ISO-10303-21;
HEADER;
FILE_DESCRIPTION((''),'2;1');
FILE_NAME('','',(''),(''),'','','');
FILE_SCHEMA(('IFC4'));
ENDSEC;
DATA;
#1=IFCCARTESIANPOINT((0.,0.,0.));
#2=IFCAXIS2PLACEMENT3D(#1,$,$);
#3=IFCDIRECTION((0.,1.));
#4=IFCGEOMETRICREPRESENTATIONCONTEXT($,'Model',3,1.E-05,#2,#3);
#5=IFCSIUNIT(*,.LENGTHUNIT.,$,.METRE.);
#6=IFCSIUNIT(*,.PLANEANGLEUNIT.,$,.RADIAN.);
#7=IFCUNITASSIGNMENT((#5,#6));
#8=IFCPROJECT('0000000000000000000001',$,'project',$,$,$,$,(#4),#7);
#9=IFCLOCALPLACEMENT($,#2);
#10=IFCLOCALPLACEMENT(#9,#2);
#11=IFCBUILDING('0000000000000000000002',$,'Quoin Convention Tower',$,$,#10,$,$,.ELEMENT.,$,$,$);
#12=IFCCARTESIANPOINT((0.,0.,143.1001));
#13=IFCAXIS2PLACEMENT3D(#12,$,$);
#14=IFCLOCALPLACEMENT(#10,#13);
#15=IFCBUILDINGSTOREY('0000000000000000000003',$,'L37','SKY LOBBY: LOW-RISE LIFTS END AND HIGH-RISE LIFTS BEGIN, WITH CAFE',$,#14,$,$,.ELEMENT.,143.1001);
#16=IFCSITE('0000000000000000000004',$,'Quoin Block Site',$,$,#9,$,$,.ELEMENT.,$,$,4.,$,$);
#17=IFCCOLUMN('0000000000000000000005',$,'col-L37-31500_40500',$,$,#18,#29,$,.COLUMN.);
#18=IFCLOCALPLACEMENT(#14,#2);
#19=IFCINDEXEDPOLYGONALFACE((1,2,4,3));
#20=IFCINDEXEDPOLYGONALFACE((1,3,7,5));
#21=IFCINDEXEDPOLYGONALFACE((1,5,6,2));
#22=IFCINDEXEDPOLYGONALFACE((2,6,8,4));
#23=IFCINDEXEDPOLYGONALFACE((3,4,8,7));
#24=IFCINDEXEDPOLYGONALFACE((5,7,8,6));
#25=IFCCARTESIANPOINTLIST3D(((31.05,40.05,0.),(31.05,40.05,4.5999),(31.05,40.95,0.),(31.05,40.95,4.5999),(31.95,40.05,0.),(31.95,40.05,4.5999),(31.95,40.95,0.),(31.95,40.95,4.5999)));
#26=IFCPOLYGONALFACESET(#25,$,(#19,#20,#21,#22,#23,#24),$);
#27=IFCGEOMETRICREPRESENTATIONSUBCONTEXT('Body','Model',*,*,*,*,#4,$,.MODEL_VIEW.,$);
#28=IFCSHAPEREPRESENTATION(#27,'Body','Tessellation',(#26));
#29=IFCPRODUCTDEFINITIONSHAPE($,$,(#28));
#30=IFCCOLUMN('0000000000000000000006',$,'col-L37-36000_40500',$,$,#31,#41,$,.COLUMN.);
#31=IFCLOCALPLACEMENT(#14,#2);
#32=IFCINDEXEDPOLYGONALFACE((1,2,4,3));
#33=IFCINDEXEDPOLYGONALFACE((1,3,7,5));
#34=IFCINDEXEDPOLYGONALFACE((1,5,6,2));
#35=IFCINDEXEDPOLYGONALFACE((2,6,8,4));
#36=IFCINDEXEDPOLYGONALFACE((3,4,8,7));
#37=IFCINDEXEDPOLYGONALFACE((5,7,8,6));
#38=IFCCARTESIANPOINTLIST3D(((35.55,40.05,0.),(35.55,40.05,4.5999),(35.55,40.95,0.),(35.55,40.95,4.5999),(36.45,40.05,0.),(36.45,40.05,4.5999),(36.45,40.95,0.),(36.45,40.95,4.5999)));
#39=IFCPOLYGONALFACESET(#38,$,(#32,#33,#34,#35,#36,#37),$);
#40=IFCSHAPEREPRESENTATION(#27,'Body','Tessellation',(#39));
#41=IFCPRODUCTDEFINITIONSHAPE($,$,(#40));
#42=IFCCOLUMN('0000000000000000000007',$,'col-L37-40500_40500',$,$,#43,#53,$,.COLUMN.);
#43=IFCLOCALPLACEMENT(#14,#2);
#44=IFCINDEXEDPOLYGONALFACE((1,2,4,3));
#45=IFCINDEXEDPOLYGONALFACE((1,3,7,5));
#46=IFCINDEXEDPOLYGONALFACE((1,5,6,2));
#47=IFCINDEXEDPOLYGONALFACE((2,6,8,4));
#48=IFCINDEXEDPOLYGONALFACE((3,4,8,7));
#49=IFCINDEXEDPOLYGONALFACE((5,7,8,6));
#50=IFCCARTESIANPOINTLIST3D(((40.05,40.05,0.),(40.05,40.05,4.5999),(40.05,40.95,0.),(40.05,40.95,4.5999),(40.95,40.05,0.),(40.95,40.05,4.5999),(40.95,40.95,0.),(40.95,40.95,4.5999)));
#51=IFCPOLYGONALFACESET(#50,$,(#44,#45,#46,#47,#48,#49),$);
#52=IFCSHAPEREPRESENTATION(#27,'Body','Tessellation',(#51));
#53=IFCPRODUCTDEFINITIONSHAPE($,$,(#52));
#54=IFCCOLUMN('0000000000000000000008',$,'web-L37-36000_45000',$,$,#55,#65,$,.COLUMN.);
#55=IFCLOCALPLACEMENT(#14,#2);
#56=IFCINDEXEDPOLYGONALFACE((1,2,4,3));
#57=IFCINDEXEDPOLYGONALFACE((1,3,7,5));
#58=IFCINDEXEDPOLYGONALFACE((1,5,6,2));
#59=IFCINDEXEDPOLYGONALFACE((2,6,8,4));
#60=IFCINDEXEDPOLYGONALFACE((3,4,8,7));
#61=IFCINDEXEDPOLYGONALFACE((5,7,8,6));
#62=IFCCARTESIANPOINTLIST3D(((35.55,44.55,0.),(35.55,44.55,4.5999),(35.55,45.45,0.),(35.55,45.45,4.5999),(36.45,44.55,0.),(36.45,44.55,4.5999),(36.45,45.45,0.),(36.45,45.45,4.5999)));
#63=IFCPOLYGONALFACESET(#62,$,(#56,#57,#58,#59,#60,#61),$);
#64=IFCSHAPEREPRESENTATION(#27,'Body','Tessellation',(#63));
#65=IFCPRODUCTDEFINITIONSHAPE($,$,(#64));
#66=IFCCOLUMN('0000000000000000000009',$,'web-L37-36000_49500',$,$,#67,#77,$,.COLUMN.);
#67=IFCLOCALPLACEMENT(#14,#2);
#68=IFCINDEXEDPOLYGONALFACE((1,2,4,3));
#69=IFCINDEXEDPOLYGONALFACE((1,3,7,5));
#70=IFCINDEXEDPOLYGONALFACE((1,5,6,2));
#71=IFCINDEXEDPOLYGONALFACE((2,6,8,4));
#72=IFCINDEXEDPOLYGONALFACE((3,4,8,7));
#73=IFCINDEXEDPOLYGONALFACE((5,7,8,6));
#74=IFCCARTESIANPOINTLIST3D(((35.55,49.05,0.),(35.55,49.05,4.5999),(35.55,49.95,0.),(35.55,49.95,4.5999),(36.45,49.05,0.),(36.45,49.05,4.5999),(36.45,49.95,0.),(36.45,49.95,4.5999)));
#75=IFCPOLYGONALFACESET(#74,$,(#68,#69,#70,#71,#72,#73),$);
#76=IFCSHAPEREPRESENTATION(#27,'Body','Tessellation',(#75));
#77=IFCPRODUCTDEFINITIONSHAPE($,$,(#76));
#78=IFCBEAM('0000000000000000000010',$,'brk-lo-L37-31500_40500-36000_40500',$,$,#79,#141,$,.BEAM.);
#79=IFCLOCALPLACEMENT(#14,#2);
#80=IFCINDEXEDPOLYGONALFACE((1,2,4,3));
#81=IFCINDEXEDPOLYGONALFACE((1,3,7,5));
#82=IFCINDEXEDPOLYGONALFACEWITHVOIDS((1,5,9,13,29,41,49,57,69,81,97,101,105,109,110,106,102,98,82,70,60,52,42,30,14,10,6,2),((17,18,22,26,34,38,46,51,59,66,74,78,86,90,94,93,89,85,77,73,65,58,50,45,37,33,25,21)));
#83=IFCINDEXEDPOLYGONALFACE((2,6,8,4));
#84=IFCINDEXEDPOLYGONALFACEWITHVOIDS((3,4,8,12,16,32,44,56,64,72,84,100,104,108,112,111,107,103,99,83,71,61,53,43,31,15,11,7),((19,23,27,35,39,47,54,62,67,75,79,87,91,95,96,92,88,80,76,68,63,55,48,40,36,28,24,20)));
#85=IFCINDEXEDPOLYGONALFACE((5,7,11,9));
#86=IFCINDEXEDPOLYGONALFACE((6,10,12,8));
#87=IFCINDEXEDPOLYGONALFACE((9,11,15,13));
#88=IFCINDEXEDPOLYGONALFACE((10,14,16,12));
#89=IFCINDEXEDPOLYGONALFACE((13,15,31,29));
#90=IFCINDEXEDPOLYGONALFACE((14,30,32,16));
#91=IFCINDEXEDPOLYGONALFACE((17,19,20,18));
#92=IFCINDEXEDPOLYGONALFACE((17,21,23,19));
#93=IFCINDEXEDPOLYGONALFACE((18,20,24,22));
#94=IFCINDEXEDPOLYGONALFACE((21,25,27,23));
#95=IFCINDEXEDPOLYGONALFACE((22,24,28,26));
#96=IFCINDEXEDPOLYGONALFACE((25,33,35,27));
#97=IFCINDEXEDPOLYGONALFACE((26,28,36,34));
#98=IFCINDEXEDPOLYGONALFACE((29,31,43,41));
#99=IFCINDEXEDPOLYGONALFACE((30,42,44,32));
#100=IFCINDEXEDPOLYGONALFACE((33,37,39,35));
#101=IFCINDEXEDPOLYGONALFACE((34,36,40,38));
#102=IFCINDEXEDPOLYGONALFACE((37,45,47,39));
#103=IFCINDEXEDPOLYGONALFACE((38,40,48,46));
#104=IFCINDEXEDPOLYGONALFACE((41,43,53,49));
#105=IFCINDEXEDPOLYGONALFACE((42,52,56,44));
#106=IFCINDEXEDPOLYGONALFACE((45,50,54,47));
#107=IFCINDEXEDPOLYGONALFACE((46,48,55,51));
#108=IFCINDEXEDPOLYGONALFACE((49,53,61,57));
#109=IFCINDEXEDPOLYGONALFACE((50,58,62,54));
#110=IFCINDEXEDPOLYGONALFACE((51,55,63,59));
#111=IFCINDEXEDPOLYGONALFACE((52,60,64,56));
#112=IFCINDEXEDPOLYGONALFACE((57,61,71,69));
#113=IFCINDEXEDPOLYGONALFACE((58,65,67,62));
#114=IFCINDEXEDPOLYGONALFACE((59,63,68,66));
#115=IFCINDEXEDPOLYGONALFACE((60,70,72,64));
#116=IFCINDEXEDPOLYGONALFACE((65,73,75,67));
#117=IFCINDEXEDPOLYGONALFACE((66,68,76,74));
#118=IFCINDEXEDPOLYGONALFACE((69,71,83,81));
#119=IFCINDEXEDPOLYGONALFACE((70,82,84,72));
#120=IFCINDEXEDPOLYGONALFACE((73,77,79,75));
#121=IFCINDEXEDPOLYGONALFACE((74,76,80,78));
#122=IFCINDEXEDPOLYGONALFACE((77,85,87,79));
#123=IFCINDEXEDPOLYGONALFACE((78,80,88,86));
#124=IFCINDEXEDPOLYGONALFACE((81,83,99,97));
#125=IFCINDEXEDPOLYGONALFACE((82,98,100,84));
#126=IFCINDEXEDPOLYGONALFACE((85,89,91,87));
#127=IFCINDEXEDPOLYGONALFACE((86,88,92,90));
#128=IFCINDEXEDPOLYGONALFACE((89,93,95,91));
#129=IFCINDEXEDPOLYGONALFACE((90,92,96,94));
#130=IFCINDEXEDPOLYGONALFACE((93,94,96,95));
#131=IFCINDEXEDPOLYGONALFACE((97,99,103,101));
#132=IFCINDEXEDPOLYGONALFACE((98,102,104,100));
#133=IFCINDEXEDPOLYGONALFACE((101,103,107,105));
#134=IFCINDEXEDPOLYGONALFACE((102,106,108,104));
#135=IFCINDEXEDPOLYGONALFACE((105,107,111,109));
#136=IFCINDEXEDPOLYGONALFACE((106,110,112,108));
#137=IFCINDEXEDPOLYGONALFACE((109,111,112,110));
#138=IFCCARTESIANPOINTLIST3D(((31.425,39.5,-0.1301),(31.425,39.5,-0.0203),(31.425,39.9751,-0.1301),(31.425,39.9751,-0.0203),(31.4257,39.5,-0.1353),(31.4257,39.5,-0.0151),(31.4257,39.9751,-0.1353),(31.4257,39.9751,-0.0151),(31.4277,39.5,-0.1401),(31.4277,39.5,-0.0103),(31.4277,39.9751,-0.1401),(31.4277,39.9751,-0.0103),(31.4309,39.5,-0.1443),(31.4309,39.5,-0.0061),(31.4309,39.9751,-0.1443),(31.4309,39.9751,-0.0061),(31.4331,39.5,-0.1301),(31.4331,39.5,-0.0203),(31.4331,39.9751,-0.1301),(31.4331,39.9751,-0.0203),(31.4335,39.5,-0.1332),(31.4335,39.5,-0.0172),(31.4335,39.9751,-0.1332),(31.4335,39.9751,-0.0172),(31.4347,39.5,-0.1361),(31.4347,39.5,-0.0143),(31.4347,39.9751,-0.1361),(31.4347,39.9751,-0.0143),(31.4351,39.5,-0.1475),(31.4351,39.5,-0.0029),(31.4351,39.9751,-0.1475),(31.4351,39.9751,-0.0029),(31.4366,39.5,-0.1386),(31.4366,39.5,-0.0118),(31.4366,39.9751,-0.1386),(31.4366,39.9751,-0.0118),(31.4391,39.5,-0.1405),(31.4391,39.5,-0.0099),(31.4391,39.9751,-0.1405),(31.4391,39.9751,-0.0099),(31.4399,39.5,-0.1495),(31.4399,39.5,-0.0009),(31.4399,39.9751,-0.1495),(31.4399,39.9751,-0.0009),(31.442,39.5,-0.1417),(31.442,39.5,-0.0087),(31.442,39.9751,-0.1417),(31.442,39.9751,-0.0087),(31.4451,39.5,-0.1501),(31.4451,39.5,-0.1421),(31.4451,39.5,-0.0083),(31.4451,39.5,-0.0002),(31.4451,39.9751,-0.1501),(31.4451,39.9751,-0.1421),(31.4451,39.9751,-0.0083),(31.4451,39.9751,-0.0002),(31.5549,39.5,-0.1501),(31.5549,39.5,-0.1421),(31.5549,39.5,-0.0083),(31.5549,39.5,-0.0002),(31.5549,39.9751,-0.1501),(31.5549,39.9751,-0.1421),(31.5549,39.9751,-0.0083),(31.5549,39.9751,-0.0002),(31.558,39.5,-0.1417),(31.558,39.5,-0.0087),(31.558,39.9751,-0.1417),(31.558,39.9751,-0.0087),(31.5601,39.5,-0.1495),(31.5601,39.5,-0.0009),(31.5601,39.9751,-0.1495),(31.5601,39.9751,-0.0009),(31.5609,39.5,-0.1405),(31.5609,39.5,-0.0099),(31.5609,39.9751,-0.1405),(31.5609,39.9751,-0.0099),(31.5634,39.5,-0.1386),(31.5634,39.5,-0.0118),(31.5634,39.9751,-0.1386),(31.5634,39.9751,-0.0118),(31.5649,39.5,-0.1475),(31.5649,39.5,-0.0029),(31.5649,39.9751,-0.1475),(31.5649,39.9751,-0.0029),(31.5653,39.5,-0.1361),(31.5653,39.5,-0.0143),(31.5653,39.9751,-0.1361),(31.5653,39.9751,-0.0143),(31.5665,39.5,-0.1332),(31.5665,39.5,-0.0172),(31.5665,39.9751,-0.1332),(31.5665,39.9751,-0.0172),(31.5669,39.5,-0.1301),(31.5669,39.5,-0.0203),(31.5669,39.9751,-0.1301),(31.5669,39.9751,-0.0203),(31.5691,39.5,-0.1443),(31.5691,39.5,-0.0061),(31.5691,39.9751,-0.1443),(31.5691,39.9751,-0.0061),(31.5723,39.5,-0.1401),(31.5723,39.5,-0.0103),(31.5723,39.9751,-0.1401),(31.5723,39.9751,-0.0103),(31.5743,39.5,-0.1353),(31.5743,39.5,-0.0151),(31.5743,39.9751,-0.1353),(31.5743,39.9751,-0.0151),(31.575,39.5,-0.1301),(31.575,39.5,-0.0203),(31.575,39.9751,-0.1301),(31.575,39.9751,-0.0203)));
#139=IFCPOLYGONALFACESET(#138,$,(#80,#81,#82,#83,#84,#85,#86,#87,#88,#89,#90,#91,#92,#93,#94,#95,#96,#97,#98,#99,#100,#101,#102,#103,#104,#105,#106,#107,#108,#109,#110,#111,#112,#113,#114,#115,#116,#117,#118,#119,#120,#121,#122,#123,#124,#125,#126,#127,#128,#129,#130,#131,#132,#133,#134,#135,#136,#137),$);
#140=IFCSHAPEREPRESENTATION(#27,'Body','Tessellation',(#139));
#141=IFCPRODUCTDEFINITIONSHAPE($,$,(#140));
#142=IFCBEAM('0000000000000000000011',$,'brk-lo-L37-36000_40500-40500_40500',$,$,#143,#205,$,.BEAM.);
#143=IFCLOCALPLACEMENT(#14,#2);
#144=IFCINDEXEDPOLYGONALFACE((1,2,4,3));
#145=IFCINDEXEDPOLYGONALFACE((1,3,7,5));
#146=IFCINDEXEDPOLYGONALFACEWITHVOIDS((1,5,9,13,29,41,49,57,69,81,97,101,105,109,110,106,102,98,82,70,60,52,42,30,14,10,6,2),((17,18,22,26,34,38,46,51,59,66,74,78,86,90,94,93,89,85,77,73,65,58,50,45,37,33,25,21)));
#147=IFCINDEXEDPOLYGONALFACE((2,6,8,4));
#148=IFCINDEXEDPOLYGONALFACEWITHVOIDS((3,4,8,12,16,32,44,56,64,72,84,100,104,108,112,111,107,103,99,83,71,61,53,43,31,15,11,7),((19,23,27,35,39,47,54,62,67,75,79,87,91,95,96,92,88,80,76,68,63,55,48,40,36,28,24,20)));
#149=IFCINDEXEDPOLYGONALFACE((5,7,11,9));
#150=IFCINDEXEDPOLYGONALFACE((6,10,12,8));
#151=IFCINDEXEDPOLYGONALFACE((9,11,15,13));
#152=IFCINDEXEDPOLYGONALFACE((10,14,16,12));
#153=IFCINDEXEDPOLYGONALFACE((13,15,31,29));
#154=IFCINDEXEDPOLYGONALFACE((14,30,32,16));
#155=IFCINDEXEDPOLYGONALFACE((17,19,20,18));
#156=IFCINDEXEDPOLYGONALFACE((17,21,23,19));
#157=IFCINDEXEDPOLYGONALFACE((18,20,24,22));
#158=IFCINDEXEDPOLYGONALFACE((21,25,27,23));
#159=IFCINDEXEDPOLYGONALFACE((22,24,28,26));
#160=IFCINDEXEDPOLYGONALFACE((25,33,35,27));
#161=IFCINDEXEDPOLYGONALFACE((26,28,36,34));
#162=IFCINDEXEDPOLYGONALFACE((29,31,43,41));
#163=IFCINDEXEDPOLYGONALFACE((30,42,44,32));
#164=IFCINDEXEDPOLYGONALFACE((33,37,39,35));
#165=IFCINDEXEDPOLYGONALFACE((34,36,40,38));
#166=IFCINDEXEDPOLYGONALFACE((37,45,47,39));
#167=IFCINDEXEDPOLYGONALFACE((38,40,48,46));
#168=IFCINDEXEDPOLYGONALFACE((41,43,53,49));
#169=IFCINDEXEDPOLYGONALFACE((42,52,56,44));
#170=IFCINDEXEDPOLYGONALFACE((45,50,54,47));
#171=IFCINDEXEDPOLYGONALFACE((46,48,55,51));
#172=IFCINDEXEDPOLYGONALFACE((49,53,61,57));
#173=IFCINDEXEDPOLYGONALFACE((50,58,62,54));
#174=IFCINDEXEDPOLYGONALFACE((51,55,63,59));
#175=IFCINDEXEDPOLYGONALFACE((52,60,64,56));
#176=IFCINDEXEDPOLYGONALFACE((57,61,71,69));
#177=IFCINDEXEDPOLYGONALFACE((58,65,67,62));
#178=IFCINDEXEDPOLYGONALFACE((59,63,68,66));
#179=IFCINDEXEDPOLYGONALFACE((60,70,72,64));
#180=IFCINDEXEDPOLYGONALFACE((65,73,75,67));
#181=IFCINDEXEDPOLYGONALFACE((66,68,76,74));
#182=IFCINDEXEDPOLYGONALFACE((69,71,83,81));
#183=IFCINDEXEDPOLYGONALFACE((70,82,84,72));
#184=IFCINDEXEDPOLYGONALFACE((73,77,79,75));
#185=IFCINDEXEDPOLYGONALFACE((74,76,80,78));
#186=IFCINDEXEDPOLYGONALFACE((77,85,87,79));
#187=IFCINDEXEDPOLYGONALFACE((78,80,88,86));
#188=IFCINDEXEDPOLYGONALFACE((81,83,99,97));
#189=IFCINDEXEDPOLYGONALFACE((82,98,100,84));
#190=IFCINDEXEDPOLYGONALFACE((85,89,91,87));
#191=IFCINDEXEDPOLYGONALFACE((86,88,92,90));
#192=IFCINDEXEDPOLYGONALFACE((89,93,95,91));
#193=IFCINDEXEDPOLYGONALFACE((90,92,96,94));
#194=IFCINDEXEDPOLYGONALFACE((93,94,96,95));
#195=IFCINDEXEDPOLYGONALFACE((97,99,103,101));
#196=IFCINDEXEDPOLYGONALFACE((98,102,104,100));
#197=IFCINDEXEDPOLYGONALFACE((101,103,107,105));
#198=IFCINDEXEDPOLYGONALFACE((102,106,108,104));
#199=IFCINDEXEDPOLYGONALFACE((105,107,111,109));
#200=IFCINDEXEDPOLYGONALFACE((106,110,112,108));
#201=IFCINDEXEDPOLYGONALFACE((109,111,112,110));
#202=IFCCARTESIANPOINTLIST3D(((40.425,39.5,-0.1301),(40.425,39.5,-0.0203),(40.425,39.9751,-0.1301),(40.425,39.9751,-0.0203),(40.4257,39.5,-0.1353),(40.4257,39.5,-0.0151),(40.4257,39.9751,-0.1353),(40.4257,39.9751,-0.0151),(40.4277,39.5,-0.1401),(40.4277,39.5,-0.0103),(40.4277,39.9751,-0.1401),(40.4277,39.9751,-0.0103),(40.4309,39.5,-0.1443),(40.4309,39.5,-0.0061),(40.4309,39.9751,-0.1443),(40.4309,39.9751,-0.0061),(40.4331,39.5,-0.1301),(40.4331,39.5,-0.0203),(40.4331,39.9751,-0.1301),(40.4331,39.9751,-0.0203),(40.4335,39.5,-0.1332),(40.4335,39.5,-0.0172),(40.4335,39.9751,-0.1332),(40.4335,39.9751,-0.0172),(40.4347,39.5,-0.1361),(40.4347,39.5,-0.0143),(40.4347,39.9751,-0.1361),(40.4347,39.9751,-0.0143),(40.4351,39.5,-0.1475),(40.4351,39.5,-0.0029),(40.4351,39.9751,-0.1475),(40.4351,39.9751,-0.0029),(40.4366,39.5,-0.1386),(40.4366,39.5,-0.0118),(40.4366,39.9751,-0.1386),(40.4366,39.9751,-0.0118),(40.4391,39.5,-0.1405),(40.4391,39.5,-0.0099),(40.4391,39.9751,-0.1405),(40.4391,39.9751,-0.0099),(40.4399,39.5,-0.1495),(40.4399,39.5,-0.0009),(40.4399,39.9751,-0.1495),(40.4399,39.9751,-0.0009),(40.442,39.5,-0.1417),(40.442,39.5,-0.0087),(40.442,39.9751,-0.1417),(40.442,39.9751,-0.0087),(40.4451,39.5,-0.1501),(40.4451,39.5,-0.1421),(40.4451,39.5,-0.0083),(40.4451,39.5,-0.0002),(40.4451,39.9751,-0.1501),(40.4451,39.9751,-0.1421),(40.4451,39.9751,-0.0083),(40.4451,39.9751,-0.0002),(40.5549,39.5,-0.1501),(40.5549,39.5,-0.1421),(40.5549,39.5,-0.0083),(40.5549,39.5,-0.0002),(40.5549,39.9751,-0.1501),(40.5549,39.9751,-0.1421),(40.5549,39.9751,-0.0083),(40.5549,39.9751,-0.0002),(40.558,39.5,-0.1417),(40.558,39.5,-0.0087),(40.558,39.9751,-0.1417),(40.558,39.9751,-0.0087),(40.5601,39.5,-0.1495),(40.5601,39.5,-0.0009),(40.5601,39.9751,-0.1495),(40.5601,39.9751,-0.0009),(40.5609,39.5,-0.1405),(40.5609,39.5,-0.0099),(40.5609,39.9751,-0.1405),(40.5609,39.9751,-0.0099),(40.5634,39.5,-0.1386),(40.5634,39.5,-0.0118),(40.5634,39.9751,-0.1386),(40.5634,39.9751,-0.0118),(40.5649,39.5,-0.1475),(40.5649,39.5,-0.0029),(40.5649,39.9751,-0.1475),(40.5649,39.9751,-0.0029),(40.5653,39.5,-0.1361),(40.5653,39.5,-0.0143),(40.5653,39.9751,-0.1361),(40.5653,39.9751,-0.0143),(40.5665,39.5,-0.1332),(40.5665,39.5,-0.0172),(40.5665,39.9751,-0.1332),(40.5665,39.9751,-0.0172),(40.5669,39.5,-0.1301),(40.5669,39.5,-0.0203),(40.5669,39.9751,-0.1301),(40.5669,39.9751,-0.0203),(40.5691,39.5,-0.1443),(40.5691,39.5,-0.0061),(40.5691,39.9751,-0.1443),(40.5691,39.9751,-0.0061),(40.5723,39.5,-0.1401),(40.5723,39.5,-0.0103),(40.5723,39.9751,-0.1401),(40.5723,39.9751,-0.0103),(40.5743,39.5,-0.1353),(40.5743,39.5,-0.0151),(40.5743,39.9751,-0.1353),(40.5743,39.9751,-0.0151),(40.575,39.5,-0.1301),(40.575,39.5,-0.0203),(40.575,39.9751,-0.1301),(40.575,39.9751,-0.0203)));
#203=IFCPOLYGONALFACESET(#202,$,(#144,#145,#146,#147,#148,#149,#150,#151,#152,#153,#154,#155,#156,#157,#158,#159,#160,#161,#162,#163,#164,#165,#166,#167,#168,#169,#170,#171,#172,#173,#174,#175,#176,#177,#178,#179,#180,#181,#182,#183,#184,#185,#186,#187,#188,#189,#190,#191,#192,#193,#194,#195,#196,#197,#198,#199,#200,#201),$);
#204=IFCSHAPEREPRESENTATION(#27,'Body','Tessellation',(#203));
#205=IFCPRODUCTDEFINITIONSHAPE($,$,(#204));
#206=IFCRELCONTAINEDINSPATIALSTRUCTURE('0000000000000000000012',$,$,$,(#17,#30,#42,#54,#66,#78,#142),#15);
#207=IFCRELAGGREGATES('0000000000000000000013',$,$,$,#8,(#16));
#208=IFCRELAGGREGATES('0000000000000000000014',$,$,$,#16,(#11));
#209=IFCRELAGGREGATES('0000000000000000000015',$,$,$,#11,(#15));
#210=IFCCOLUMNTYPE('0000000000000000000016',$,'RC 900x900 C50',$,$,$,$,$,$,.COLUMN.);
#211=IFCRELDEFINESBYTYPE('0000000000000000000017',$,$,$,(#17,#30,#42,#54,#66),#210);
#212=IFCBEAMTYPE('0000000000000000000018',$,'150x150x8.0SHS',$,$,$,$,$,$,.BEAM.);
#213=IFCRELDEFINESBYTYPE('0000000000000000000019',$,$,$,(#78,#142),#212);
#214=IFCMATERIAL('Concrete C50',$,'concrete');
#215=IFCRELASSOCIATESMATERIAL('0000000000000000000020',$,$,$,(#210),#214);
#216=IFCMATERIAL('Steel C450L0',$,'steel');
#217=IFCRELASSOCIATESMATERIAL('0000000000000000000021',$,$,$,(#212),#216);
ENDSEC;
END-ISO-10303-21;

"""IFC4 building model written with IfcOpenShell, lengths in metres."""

from ifc_helpers import new_model, si_unit, direction, frame, origin, origin_2d, place, context, subcontext, project, spatial, rectangle, hollow_rectangle, extrude, material, material_profile, profile_set, type_object, element, save


model = new_model("IFC4")

# Units and contexts
model_context = context("Model", 3, precision=1e-05, world=origin(), true_north=direction((0.0, 1.0)))
body_context = subcontext(model_context, "Body", "Model", "MODEL_VIEW")
ifc_project = project(units=[si_unit("LENGTHUNIT", "METRE"), si_unit("PLANEANGLEUNIT", "RADIAN")], contexts=[model_context])

# Site, building, storey
site_placement = place(None, origin())
site = spatial("IfcSite", under=ifc_project, at=site_placement, Name="Quoin Block Site", CompositionType="ELEMENT", RefElevation=4.0)
building_placement = place(site_placement, origin())
building = spatial("IfcBuilding", under=site, at=building_placement, Name="Quoin Convention Tower", CompositionType="ELEMENT")
storey_placement = place(building_placement, frame((0.0, 0.0, 143.1001)))
storey = spatial("IfcBuildingStorey", under=building, at=storey_placement, Name="L37", Description="SKY LOBBY: LOW-RISE LIFTS END AND HIGH-RISE LIFTS BEGIN, WITH CAFE", CompositionType="ELEMENT", Elevation=143.1001)

# Columns
ifc_material_1 = material(Name="Concrete C50", Category="concrete")
ifc_material_profile_1 = material_profile(ifc_material_1, rectangle(XDim=0.8999, YDim=0.8999, at=origin_2d()), Name="RC 900x900")
ifc_profile_set_1 = profile_set([ifc_material_profile_1], Name="Concrete C50")
column_type = type_object("IfcColumnType", Name="RC 900x900 C50", PredefinedType="COLUMN", material=ifc_profile_set_1)
for number, where, z_axis, x_axis, name in (
    (1, (31.5, 40.5, 0.0), (0.0, 0.0, 1.0), (1.0, 0.0, 0.0), "col-L37-31500_40500"),
    (2, (36.0, 40.5, 0.0), (0.0, 0.0, 1.0), (1.0, 0.0, 0.0), "col-L37-36000_40500"),
    (3, (40.5, 40.5, 0.0), (0.0, 0.0, 1.0), (1.0, 0.0, 0.0), "col-L37-40500_40500"),
    (4, (36.0, 45.0, 0.0), (0.0, 0.0, 1.0), (1.0, 0.0, 0.0), "web-L37-36000_45000"),
    (5, (36.0, 49.5, 0.0), (0.0, 0.0, 1.0), (1.0, 0.0, 0.0), "web-L37-36000_49500"),
):
    element("IfcColumn", number, at=place(storey_placement, frame(where, z_axis=z_axis, x_axis=x_axis)), inside=storey, type_object=column_type, Name=name, PredefinedType="COLUMN", context=body_context, shape_type="SweptSolid", body=[
        extrude(rectangle(XDim=0.8999, YDim=0.8999, at=origin_2d()), origin(), (0.0, 0.0, 1.0), 4.5999),
    ])

# Beams
ifc_material_2 = material(Name="Steel C450L0", Category="steel")
ifc_material_profile_2 = material_profile(ifc_material_2, hollow_rectangle(XDim=0.1499, YDim=0.1499, WallThickness=0.0081, InnerFilletRadius=0.012, OuterFilletRadius=0.02, at=origin_2d()), Name="150x150x8.0SHS")
ifc_profile_set_2 = profile_set([ifc_material_profile_2], Name="Steel C450L0")
beam_type_1 = type_object("IfcBeamType", Name="150x150x8.0SHS", PredefinedType="BEAM", material=ifc_profile_set_2)
for number, where, z_axis, x_axis, name in (
    (6, (31.5, 39.9751, -0.0752), (0.0, -1.0, 0.0), (1.0, 0.0, 0.0), "brk-lo-L37-31500_40500-36000_40500"),
    (7, (40.5, 39.9751, -0.0752), (0.0, -1.0, 0.0), (1.0, 0.0, 0.0), "brk-lo-L37-36000_40500-40500_40500"),
):
    element("IfcBeam", number, at=place(storey_placement, frame(where, z_axis=z_axis, x_axis=x_axis)), inside=storey, type_object=beam_type_1, Name=name, PredefinedType="BEAM", context=body_context, shape_type="SweptSolid", body=[
        extrude(hollow_rectangle(XDim=0.1499, YDim=0.1499, WallThickness=0.0081, InnerFilletRadius=0.012, OuterFilletRadius=0.02, at=origin_2d()), origin(), (0.0, 0.0, 1.0), 0.4751),
    ])

save(model, "model.ifc")
